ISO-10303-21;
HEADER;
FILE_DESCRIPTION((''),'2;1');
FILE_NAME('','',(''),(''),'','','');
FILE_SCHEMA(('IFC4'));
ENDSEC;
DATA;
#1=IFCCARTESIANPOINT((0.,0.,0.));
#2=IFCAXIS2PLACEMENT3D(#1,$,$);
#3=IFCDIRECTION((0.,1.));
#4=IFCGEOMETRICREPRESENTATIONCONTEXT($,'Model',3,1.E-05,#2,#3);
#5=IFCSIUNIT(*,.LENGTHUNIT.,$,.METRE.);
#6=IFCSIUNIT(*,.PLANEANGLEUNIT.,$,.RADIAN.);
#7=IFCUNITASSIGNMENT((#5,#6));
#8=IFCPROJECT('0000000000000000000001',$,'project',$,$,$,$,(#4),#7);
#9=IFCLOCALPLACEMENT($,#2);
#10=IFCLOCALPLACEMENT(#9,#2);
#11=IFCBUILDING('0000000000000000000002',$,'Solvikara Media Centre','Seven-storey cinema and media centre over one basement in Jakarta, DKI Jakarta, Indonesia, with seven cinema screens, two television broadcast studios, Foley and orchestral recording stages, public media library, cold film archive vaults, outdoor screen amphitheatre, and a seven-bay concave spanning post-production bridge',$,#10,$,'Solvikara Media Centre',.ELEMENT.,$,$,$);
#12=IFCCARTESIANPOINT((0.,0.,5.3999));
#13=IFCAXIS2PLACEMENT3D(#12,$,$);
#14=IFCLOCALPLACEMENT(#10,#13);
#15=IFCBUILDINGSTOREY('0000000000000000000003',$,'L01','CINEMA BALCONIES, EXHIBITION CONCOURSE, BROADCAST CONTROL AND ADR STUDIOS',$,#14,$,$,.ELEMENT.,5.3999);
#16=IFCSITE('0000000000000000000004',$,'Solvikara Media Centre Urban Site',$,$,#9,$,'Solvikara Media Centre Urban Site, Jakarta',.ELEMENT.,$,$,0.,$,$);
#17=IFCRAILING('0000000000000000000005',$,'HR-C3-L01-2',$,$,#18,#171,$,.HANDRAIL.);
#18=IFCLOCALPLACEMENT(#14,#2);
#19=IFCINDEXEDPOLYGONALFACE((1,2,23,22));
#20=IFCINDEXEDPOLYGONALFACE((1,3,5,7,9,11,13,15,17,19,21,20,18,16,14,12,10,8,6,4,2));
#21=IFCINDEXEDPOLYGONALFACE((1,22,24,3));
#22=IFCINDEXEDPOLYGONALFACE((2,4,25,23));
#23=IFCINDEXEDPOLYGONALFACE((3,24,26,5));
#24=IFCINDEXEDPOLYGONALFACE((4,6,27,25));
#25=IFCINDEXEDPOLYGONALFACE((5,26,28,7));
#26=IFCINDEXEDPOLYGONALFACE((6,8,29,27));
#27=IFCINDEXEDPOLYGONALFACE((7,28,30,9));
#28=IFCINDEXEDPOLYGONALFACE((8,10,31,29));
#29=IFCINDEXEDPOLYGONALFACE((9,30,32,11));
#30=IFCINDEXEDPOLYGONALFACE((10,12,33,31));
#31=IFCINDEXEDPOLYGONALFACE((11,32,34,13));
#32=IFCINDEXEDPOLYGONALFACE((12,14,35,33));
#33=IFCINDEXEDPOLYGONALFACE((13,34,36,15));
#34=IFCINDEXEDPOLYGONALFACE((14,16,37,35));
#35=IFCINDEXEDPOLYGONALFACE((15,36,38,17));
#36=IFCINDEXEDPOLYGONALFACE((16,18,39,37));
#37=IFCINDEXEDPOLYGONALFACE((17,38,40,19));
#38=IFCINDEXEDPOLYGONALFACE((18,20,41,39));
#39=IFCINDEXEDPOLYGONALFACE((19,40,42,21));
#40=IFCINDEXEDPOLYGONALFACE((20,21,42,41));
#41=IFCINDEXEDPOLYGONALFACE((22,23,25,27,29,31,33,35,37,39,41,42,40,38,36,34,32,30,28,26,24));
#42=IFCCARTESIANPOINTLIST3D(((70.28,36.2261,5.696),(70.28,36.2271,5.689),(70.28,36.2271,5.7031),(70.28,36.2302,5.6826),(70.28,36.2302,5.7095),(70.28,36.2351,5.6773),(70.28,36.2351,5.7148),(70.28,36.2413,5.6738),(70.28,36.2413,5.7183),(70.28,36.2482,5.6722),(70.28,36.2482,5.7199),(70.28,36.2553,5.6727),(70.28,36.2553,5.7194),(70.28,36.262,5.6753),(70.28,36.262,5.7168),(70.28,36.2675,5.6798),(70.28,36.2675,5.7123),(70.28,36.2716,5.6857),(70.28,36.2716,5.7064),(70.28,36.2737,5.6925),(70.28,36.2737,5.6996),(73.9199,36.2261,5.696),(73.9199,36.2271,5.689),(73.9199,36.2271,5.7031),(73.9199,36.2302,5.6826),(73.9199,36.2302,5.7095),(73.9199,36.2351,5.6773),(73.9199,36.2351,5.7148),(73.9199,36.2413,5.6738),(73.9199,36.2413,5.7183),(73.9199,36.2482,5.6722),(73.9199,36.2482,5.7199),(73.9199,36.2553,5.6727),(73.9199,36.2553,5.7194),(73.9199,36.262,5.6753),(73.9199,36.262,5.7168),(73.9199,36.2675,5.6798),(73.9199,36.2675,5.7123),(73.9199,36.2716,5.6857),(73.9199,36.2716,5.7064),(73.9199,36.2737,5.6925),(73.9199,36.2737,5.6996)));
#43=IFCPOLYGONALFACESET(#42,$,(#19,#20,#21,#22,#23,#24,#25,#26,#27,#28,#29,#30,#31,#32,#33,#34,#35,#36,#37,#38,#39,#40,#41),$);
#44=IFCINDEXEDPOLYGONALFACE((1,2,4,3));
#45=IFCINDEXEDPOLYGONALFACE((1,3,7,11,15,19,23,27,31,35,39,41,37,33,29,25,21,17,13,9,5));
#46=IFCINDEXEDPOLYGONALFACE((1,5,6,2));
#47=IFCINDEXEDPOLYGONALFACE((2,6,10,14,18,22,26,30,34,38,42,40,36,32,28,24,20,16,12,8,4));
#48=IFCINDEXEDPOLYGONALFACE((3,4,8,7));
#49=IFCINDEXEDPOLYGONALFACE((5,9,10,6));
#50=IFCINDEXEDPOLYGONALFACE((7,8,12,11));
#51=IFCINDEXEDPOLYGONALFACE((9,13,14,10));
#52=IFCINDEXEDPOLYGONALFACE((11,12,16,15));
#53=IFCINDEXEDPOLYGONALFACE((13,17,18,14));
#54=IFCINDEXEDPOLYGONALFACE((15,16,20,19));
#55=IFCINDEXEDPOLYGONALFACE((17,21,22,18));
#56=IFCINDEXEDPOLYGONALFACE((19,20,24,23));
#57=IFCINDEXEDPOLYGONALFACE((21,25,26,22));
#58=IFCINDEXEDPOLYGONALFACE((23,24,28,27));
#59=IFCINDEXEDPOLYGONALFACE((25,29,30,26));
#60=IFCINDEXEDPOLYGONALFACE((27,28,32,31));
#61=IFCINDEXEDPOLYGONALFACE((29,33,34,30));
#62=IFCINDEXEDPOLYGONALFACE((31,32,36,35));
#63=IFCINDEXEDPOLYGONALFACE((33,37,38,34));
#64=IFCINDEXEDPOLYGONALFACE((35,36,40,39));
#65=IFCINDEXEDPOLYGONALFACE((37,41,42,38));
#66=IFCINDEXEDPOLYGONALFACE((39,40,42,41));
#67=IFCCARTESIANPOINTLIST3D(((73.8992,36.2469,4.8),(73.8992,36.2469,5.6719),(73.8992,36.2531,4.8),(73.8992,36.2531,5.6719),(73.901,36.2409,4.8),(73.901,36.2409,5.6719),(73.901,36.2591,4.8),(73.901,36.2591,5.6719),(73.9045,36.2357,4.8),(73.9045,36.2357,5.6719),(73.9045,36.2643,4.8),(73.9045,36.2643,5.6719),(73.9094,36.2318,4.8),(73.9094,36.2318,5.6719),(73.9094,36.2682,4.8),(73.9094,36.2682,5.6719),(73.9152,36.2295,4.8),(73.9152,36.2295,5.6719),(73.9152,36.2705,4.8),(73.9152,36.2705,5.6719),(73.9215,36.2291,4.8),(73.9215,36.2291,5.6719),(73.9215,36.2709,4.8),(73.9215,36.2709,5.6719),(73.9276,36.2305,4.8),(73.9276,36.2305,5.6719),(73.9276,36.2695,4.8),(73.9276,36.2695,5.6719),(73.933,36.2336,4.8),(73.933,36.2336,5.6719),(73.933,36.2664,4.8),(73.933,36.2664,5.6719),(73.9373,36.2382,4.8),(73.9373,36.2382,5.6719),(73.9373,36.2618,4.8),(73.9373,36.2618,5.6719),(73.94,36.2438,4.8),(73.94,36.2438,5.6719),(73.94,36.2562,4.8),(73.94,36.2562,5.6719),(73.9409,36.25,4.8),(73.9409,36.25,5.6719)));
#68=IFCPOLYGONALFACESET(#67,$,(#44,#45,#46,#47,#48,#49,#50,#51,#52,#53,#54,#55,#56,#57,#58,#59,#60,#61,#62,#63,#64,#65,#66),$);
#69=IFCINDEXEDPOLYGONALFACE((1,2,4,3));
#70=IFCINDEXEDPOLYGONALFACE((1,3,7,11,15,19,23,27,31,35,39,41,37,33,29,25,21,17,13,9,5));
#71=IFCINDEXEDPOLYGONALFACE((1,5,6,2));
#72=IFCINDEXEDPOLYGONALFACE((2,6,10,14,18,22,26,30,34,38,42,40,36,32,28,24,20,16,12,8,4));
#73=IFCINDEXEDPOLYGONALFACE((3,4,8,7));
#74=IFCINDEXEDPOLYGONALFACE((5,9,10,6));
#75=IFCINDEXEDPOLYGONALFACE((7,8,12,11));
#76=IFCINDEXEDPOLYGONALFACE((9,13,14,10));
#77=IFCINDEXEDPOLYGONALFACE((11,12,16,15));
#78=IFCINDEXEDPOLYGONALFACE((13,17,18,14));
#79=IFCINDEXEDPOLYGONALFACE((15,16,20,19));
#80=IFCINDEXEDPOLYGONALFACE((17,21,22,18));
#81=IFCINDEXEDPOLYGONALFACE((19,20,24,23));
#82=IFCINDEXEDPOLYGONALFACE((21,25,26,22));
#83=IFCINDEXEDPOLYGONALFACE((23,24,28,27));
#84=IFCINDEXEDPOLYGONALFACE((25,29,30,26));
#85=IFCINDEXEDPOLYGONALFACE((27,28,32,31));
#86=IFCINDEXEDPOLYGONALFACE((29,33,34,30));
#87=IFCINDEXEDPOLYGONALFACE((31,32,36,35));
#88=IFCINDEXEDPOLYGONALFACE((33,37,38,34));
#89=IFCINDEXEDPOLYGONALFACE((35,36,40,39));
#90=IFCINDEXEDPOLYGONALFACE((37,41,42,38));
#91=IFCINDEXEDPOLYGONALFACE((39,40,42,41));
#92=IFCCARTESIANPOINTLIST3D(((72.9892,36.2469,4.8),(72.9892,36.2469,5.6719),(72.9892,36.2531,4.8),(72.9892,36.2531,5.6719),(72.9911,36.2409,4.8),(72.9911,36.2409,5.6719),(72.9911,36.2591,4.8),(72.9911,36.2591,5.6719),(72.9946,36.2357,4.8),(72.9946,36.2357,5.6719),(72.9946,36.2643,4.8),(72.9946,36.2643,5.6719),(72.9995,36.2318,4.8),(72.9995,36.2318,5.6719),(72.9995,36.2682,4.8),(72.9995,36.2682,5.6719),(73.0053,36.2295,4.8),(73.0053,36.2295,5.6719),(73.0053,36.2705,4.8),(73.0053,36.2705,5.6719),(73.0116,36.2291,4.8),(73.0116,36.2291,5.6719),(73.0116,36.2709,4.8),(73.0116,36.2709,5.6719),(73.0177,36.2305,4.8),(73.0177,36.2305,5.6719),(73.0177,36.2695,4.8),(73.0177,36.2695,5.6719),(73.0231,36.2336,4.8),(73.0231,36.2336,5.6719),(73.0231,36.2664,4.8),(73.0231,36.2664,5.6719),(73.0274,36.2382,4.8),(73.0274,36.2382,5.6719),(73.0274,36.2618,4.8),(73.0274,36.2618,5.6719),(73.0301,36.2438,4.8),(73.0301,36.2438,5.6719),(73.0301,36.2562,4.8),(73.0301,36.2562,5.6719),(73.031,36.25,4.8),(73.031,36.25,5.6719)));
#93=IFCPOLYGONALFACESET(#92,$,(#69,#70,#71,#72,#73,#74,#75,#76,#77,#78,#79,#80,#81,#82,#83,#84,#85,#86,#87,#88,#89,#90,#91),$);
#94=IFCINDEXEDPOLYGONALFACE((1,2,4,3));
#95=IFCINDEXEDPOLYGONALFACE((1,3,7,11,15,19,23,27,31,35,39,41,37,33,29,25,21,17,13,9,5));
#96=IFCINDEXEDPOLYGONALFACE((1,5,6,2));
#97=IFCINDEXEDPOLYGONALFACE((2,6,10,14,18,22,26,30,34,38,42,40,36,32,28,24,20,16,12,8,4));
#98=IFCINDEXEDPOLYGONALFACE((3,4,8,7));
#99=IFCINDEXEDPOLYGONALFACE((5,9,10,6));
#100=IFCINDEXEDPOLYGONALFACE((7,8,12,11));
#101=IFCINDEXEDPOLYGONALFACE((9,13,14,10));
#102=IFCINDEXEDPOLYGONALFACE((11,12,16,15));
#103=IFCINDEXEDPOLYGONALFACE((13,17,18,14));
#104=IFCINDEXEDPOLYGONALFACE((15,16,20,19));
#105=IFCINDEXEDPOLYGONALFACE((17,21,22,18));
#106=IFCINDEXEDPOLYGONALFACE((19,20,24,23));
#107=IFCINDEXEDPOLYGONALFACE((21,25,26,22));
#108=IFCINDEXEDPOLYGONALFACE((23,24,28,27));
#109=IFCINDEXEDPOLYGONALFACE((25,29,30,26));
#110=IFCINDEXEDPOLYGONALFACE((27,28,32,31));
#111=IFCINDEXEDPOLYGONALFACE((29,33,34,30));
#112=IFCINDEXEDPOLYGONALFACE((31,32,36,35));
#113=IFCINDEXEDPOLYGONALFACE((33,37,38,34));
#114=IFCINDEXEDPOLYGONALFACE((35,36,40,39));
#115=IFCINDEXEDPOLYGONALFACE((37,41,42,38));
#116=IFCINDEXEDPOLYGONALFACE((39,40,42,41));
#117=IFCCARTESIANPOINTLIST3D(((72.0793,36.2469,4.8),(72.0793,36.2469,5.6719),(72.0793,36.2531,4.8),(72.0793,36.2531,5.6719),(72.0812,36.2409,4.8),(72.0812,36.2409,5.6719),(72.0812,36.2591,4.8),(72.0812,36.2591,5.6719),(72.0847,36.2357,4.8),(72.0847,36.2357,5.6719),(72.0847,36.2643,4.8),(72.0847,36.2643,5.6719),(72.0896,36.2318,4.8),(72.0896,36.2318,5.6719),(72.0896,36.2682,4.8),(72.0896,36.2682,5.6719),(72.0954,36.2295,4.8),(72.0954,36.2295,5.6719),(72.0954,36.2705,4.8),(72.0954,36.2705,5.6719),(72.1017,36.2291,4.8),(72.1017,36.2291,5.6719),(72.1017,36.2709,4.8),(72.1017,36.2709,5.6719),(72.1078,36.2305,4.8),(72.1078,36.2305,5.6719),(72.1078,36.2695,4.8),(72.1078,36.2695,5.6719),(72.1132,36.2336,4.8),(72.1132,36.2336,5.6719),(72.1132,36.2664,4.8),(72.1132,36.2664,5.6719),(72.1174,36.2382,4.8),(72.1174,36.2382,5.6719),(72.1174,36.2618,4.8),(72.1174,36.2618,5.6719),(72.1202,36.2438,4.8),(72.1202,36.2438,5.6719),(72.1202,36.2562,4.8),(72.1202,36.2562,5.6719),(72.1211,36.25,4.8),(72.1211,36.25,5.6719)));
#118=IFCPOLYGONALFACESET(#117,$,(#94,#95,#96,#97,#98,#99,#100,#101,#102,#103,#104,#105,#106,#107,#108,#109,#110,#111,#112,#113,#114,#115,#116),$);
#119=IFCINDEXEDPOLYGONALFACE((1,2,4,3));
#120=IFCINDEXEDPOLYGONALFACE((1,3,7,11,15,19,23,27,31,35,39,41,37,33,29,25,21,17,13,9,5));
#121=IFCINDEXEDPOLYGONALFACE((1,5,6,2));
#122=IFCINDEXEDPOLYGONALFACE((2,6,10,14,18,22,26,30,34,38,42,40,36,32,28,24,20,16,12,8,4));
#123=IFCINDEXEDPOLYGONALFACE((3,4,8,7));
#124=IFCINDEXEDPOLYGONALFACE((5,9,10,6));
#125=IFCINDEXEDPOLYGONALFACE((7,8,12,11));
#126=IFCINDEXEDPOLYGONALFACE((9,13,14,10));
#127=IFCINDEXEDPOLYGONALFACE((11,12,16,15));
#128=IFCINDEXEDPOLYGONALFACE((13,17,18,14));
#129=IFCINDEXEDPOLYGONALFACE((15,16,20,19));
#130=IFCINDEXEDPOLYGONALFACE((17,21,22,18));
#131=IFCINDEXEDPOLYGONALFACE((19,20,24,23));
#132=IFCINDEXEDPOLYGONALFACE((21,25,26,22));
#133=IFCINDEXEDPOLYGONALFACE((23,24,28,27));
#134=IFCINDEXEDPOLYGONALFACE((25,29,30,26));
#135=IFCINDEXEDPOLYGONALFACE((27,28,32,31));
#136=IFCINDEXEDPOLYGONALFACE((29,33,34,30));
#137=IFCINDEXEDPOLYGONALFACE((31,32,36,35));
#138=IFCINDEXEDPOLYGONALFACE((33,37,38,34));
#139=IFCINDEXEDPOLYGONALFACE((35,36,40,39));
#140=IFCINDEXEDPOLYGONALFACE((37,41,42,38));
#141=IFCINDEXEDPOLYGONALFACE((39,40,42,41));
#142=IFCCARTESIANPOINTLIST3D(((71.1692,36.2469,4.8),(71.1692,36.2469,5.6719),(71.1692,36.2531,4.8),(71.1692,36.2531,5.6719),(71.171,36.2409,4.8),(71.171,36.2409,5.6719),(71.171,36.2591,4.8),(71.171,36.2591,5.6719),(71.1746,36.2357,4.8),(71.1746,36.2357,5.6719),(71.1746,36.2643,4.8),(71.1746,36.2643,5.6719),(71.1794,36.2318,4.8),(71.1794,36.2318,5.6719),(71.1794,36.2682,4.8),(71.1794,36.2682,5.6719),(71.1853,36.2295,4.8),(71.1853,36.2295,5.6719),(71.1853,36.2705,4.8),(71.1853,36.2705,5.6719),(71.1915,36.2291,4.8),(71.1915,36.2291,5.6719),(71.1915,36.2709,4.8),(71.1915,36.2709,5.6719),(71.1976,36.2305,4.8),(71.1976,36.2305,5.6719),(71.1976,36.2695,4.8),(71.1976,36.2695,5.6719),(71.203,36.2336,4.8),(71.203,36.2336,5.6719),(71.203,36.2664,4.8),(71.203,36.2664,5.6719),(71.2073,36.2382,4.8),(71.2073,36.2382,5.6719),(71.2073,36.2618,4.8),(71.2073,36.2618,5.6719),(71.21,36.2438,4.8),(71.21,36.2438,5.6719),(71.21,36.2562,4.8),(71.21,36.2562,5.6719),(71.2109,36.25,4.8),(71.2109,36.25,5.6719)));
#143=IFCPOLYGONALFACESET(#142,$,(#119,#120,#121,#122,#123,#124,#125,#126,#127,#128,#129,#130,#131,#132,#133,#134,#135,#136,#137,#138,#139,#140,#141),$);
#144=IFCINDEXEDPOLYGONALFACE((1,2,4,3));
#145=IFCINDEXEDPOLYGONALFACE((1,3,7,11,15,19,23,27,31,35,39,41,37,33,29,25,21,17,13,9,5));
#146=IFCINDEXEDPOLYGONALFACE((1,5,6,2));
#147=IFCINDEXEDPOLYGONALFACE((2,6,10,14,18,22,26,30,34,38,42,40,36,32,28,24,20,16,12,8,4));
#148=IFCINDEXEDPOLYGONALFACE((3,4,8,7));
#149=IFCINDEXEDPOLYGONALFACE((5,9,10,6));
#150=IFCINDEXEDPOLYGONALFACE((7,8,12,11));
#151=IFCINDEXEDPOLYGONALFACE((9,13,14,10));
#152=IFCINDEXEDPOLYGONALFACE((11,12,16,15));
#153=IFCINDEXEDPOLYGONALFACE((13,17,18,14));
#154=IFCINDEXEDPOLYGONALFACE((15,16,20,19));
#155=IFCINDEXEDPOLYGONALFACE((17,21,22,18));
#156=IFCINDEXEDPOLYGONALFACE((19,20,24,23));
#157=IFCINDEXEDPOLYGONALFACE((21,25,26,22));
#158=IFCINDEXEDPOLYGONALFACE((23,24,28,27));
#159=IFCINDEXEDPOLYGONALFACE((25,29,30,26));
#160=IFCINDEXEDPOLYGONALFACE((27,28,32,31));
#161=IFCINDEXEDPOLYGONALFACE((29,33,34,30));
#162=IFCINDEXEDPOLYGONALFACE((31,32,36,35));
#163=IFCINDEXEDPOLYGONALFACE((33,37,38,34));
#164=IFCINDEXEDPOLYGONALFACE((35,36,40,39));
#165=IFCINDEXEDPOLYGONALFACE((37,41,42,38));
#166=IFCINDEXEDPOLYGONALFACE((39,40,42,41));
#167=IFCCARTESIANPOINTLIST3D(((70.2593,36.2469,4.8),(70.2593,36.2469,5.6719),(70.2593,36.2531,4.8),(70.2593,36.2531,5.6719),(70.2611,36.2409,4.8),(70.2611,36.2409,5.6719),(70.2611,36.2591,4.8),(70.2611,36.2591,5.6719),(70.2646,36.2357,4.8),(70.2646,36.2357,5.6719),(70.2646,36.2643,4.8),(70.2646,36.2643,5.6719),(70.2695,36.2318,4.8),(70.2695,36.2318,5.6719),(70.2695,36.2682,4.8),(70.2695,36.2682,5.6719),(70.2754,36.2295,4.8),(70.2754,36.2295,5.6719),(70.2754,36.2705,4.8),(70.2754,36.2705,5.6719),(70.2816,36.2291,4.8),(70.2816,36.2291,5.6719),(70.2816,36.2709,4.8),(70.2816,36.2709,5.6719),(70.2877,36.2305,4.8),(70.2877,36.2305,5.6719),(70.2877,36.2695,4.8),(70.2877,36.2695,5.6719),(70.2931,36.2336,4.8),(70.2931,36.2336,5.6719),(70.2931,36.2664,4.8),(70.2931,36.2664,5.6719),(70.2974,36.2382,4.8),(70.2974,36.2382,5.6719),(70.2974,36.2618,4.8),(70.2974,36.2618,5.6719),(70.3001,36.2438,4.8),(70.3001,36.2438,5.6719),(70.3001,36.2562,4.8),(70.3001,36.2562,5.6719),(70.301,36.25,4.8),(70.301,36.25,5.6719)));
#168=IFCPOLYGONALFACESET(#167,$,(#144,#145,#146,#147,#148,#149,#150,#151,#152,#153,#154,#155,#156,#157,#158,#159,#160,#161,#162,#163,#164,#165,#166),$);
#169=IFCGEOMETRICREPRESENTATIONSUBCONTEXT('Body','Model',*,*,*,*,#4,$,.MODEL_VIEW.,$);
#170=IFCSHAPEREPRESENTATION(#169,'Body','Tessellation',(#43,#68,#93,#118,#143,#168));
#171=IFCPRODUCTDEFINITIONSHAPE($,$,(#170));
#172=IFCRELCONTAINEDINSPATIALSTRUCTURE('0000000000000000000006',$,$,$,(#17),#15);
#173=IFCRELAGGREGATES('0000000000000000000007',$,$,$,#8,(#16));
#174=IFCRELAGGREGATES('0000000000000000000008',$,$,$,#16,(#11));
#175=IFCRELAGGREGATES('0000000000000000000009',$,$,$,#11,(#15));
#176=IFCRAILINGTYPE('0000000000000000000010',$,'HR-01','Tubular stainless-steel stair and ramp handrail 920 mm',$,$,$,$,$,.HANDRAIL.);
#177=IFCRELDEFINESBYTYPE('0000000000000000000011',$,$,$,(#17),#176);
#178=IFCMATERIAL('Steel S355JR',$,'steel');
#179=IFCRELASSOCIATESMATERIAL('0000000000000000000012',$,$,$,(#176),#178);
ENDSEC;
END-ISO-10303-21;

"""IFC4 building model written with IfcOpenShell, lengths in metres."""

from ifc_helpers import new_model, si_unit, direction, frame, origin, origin_2d, place, context, subcontext, project, spatial, circle, extrude, material, type_object, element, save


model = new_model("IFC4")

# Units and contexts
model_context = context("Model", 3, precision=1e-05, world=origin(), true_north=direction((0.0, 1.0)))
body_context = subcontext(model_context, "Body", "Model", "MODEL_VIEW")
ifc_project = project(units=[si_unit("LENGTHUNIT", "METRE"), si_unit("PLANEANGLEUNIT", "RADIAN")], contexts=[model_context])

# Site, building, storey
site_placement = place(None, origin())
site = spatial("IfcSite", under=ifc_project, at=site_placement, Name="Solvikara Media Centre Urban Site", LongName="Solvikara Media Centre Urban Site, Jakarta", CompositionType="ELEMENT", RefElevation=0.0)
building_placement = place(site_placement, origin())
building = spatial("IfcBuilding", under=site, at=building_placement, Name="Solvikara Media Centre", Description="Seven-storey cinema and media centre over one basement in Jakarta, DKI Jakarta, Indonesia, with seven cinema screens, two television broadcast studios, Foley and orchestral recording stages, public media library, cold film archive vaults, outdoor screen amphitheatre, and a seven-bay concave spanning post-production bridge", LongName="Solvikara Media Centre", CompositionType="ELEMENT")
storey_placement = place(building_placement, frame((0.0, 0.0, 5.3999)))
storey = spatial("IfcBuildingStorey", under=building, at=storey_placement, Name="L01", Description="CINEMA BALCONIES, EXHIBITION CONCOURSE, BROADCAST CONTROL AND ADR STUDIOS", CompositionType="ELEMENT", Elevation=5.3999)

# Railing
ifc_material_1 = material(Name="Steel S355JR", Category="steel")
railing_type_1 = type_object("IfcRailingType", Name="HR-01", Description="Tubular stainless-steel stair and ramp handrail 920 mm", PredefinedType="HANDRAIL", material=ifc_material_1)
railing_1_placement = place(storey_placement, frame((73.9199, 36.25, 4.8)))
element("IfcRailing", 1, at=railing_1_placement, inside=storey, type_object=railing_type_1, Name="HR-C3-L01-2", PredefinedType="HANDRAIL", context=body_context, shape_type="SweptSolid", body=[
    extrude(circle(Radius=0.0239, at=origin_2d()), frame((0.0, 0.0, 0.896), z_axis=(-1.0, 0.0, 0.0), x_axis=(0.0, -1.0, 0.0)), (0.0, 0.0, 1.0), 3.6399),
    extrude(circle(Radius=0.021, at=origin_2d()), origin(), (0.0, 0.0, 1.0), 0.8718),
    extrude(circle(Radius=0.021, at=origin_2d()), frame((-0.9099, 0.0, 0.0)), (0.0, 0.0, 1.0), 0.8718),
    extrude(circle(Radius=0.021, at=origin_2d()), frame((-1.8198, 0.0, 0.0)), (0.0, 0.0, 1.0), 0.8718),
    extrude(circle(Radius=0.021, at=origin_2d()), frame((-2.73, 0.0, 0.0)), (0.0, 0.0, 1.0), 0.8718),
    extrude(circle(Radius=0.021, at=origin_2d()), frame((-3.6399, 0.0, 0.0)), (0.0, 0.0, 1.0), 0.8718),
])

save(model, "model.ifc")
